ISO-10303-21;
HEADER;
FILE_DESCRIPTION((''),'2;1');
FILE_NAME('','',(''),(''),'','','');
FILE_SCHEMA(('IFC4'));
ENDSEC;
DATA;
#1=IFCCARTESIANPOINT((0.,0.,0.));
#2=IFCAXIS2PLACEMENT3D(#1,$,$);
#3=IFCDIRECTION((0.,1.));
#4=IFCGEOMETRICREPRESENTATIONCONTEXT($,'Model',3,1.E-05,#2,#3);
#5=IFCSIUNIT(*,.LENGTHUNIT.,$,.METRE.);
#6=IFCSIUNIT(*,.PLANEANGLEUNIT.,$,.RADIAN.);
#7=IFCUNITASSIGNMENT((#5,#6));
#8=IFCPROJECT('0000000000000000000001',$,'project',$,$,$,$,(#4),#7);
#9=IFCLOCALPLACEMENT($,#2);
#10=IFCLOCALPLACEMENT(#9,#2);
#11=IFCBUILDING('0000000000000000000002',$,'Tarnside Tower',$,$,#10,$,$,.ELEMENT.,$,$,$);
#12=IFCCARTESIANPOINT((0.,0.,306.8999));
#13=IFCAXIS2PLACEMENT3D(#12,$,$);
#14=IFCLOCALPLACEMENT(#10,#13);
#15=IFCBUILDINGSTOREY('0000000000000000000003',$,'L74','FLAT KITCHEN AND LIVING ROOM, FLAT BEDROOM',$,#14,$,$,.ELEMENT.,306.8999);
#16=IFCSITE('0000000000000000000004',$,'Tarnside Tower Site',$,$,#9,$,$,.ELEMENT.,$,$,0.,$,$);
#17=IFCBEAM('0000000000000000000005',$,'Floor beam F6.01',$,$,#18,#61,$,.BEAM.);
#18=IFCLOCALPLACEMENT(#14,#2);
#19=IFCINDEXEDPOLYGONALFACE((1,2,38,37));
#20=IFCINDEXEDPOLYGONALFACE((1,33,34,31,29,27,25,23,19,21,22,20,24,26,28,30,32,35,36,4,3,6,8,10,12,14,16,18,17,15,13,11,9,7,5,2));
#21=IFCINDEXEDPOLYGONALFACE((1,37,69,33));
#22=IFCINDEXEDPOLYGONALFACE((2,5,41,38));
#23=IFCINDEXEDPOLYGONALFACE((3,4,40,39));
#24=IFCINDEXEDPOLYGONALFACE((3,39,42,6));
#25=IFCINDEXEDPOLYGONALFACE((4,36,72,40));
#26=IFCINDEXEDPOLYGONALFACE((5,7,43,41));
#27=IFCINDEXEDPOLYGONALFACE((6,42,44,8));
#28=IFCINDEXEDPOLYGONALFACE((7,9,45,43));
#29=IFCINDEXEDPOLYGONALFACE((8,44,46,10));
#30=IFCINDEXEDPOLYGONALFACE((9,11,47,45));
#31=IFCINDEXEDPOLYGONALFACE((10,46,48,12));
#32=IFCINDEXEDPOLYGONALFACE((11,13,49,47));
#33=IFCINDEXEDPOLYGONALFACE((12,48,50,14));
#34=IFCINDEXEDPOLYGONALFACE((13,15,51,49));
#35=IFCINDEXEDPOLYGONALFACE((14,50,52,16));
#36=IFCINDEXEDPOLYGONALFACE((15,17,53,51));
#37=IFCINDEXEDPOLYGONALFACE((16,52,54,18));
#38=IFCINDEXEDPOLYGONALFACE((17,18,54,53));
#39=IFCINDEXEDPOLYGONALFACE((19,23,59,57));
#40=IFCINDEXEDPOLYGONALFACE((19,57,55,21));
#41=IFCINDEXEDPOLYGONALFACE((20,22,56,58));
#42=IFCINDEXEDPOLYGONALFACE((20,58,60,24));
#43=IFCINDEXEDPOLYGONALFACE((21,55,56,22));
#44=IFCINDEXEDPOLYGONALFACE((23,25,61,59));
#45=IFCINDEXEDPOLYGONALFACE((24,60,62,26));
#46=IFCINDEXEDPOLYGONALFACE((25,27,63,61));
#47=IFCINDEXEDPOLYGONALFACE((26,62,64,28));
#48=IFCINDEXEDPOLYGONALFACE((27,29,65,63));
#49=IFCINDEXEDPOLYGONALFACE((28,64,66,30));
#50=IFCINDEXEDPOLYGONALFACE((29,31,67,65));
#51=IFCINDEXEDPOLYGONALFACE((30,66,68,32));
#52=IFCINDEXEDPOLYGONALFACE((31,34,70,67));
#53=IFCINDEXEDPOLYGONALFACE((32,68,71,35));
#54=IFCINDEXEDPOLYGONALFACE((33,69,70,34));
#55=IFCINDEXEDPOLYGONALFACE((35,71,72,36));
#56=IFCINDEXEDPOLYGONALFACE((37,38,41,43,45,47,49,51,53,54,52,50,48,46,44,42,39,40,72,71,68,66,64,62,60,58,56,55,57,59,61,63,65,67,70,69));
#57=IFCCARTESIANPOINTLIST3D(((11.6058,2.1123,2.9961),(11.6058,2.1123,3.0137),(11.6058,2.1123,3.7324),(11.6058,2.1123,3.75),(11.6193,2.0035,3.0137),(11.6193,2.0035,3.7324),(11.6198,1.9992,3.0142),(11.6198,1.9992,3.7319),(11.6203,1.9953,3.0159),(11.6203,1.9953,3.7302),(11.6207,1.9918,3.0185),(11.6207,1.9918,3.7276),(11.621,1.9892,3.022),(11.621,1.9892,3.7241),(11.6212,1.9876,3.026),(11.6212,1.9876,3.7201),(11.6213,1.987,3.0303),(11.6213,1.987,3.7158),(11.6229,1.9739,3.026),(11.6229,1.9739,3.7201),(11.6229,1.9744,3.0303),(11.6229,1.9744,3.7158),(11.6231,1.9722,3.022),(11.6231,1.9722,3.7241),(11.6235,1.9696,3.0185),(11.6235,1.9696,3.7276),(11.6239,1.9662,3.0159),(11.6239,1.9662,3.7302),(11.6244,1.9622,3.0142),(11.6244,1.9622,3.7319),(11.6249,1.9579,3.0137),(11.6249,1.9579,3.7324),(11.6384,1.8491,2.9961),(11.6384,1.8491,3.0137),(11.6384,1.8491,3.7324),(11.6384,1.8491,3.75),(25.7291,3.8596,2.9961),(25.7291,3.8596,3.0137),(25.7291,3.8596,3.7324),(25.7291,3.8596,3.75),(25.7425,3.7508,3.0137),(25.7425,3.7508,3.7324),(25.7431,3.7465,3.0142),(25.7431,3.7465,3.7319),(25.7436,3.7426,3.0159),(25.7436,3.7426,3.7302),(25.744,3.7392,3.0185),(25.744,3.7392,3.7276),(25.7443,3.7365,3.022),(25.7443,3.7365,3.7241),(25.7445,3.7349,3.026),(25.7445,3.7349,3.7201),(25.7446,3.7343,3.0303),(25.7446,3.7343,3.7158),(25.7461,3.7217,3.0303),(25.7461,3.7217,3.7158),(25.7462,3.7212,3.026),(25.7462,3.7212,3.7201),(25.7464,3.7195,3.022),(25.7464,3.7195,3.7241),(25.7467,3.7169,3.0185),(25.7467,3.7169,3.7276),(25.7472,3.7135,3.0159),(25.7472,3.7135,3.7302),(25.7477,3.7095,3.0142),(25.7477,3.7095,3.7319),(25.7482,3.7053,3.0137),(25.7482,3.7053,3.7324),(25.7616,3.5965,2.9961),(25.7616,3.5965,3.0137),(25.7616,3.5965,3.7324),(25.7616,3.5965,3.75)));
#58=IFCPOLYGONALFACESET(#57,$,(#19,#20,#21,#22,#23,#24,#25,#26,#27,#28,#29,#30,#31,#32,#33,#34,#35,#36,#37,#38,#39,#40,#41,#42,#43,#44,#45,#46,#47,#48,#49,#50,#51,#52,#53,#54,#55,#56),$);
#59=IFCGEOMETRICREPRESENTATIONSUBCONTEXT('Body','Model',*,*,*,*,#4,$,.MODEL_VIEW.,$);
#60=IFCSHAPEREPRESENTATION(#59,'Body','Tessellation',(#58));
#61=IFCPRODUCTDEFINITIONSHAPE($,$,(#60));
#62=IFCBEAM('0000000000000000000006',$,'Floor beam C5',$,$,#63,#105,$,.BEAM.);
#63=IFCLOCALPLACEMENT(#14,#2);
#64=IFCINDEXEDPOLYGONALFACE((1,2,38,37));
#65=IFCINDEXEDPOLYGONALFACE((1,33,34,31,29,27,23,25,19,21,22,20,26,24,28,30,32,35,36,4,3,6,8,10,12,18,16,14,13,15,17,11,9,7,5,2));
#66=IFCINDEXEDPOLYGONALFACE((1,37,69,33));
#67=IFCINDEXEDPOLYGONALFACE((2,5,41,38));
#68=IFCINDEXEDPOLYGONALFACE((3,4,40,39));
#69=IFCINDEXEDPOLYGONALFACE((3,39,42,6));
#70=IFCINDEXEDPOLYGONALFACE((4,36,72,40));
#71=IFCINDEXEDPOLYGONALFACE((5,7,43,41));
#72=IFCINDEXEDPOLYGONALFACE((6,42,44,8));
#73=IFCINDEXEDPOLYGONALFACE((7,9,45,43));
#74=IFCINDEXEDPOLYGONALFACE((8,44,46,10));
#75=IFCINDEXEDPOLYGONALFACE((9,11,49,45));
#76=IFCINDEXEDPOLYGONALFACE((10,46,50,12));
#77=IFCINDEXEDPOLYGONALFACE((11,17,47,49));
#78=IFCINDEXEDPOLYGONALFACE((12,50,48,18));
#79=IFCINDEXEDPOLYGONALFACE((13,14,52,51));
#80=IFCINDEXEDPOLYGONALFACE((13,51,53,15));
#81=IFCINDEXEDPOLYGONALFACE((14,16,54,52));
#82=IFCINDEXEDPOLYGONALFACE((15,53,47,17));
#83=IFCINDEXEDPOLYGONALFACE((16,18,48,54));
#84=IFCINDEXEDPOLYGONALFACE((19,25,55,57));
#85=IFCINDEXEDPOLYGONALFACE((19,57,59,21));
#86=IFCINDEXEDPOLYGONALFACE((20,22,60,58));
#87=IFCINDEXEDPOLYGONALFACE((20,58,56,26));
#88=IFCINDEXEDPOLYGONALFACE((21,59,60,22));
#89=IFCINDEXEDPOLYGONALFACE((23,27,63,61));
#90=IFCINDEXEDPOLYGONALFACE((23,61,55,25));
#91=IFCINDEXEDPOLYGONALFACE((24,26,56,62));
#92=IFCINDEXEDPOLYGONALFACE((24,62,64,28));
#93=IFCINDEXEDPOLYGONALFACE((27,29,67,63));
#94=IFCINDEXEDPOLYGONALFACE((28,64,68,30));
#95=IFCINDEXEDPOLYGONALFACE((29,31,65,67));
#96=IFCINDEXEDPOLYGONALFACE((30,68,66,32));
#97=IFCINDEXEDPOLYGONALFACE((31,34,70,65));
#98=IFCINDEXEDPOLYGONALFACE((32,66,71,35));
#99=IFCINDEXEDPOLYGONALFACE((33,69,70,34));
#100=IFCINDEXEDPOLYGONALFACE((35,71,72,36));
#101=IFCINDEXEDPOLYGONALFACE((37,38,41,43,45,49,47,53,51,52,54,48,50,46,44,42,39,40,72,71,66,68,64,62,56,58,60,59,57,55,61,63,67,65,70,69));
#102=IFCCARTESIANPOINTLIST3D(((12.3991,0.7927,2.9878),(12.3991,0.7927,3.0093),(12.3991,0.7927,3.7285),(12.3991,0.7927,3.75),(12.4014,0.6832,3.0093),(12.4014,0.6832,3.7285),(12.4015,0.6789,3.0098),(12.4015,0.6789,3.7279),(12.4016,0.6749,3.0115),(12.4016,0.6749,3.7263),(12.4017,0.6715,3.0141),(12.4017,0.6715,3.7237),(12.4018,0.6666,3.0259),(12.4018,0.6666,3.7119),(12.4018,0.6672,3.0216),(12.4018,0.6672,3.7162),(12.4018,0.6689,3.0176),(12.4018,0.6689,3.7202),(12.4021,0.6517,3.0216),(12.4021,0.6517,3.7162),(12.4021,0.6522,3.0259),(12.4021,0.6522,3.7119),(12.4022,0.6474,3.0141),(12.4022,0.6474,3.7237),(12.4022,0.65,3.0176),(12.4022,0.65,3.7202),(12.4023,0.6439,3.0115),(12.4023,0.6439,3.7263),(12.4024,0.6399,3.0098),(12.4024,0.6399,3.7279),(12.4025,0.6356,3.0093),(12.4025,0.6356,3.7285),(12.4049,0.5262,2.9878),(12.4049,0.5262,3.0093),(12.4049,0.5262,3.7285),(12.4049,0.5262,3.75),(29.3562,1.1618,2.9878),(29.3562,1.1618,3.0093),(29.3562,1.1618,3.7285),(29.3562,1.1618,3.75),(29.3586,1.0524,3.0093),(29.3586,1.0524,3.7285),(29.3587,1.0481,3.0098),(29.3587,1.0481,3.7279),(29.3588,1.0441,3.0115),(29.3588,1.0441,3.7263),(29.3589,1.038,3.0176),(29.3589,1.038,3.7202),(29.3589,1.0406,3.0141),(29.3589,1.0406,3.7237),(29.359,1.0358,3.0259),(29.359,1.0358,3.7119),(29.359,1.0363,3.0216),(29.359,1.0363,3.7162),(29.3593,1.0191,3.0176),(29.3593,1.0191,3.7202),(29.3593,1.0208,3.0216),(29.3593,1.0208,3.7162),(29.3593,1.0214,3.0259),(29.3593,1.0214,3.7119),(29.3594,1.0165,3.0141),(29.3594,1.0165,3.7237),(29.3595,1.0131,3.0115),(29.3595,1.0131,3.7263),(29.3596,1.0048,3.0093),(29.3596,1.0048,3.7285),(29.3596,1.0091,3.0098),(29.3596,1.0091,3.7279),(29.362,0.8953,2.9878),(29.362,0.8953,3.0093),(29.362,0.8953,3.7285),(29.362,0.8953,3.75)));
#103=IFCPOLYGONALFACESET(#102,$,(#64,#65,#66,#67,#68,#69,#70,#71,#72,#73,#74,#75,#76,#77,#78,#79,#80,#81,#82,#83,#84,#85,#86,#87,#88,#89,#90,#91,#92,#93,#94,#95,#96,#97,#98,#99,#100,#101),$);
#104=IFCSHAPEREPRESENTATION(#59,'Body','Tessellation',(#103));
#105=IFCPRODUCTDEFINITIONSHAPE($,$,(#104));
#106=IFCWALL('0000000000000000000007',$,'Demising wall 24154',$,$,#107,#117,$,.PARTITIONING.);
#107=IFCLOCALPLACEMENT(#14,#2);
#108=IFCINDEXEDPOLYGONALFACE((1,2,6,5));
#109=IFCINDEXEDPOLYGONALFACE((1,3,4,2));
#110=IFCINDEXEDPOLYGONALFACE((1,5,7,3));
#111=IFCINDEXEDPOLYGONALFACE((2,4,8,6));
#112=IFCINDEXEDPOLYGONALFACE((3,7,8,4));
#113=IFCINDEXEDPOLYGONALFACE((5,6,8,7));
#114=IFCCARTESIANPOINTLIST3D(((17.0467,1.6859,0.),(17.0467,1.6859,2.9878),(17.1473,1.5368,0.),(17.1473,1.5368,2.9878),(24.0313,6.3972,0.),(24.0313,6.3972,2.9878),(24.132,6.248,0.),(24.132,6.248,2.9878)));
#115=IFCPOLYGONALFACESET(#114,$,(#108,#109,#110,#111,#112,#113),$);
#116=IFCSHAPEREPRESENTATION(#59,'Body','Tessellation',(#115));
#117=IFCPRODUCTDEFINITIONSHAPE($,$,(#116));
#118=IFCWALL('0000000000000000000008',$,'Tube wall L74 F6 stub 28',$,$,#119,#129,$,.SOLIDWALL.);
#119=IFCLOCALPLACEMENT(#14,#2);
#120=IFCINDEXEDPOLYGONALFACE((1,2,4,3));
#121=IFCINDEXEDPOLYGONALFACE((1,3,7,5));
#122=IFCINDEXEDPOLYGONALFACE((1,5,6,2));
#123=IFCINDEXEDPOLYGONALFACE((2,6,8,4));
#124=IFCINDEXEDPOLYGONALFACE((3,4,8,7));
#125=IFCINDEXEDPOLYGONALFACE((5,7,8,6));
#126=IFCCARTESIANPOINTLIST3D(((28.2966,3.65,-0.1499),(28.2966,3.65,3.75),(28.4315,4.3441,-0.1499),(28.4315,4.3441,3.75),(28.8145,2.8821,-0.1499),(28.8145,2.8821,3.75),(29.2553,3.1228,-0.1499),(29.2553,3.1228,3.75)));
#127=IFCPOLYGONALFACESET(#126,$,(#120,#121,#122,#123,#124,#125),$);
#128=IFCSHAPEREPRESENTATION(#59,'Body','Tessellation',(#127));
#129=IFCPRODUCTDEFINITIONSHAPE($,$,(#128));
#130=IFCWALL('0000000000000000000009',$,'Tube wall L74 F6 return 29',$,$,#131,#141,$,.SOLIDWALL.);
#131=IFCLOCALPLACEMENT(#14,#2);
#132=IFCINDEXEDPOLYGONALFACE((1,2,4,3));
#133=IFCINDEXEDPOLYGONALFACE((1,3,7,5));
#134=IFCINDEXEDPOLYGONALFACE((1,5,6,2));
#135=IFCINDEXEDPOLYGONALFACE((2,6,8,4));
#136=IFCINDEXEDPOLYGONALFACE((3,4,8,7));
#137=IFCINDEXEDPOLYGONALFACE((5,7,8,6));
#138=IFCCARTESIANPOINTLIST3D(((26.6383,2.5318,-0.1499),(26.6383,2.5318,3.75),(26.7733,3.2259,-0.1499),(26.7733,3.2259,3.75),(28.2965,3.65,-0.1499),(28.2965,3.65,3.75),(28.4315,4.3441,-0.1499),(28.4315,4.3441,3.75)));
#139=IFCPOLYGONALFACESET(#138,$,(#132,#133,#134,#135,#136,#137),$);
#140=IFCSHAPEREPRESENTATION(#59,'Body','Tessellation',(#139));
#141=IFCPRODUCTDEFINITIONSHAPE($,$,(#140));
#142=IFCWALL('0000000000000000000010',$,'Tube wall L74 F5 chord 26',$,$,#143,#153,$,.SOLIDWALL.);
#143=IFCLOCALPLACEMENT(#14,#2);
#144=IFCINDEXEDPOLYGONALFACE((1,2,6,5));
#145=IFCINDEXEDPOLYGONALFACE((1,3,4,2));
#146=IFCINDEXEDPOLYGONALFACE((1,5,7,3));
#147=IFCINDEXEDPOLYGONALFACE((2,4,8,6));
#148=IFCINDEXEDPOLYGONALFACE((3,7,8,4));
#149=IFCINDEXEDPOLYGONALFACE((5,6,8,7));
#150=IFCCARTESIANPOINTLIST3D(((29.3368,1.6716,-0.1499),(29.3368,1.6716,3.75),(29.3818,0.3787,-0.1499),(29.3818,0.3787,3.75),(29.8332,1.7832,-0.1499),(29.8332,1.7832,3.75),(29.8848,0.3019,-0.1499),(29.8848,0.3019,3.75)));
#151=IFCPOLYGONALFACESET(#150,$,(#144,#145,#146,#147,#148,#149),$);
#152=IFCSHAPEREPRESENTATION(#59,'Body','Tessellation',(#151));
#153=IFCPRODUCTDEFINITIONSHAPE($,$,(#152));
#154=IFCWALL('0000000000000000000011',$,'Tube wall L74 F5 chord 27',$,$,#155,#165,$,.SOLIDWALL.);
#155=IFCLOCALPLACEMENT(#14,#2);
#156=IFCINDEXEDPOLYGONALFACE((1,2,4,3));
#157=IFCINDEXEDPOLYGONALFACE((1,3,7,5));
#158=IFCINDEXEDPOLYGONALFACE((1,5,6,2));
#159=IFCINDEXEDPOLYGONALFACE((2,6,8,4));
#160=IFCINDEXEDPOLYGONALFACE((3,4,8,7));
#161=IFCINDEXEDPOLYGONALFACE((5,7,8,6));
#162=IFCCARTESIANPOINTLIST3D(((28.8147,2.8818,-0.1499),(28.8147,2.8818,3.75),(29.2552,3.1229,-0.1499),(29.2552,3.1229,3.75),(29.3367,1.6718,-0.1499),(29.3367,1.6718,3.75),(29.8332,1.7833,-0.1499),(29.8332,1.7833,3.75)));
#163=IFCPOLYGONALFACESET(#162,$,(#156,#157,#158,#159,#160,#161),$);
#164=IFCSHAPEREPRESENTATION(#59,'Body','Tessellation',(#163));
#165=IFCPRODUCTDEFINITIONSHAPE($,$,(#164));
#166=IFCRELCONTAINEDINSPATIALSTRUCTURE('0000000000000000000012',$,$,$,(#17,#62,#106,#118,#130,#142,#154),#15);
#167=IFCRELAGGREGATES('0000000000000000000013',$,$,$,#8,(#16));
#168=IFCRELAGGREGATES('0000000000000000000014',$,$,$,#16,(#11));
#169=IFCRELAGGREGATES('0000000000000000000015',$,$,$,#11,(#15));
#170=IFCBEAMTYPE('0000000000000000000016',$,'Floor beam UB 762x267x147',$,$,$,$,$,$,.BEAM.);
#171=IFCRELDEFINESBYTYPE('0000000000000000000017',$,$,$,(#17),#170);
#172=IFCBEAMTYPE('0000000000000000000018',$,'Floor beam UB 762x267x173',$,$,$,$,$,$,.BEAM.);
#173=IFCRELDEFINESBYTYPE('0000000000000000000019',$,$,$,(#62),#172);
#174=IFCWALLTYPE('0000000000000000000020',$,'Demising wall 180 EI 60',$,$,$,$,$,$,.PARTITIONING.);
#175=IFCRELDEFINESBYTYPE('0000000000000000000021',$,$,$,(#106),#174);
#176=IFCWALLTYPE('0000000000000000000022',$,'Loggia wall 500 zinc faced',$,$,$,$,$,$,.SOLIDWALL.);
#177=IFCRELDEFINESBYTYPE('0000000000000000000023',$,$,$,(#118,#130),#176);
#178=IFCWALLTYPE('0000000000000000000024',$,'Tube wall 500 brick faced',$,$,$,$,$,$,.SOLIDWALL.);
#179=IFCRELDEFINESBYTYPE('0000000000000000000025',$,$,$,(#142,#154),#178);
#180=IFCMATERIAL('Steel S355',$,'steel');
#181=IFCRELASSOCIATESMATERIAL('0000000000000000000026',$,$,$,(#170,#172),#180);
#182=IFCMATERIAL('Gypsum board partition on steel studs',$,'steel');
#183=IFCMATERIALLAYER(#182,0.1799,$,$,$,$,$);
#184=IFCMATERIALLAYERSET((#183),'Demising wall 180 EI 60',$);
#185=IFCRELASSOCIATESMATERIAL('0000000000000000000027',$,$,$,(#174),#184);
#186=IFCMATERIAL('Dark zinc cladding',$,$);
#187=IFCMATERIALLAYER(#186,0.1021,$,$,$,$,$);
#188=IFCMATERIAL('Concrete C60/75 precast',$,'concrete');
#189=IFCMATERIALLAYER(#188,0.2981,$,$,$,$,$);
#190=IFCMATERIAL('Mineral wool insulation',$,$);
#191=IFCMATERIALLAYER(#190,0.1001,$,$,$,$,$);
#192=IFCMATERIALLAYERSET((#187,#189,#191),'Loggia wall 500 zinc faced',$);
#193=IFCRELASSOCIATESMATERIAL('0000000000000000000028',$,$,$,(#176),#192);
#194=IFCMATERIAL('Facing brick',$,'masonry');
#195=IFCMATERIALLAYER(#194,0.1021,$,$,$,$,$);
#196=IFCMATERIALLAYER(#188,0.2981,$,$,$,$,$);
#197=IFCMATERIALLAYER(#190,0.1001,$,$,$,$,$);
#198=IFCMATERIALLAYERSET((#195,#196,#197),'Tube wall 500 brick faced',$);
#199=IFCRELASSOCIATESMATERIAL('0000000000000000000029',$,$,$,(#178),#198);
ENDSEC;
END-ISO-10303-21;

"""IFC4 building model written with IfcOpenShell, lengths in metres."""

from ifc_helpers import new_model, si_unit, direction, frame, frame_2d, origin, origin_2d, place, context, subcontext, project, spatial, polyline, rectangle, i_section, outline, extrude, material, layer, layer_set, material_profile, profile_set, type_object, element, save


model = new_model("IFC4")

# Units and contexts
model_context = context("Model", 3, precision=1e-05, world=origin(), true_north=direction((0.0, 1.0)))
body_context = subcontext(model_context, "Body", "Model", "MODEL_VIEW")
ifc_project = project(units=[si_unit("LENGTHUNIT", "METRE"), si_unit("PLANEANGLEUNIT", "RADIAN")], contexts=[model_context])

# Site, building, storey
site_placement = place(None, origin())
site = spatial("IfcSite", under=ifc_project, at=site_placement, Name="Tarnside Tower Site", CompositionType="ELEMENT", RefElevation=0.0)
building_placement = place(site_placement, origin())
building = spatial("IfcBuilding", under=site, at=building_placement, Name="Tarnside Tower", CompositionType="ELEMENT")
storey_placement = place(building_placement, frame((0.0, 0.0, 306.8999)))
storey = spatial("IfcBuildingStorey", under=building, at=storey_placement, Name="L74", Description="FLAT KITCHEN AND LIVING ROOM, FLAT BEDROOM", CompositionType="ELEMENT", Elevation=306.8999)

# Beams
ifc_material_1 = material(Name="Steel S355", Category="steel")
ifc_material_profile_1 = material_profile(ifc_material_1, i_section(OverallWidth=0.2651, OverallDepth=0.7539, WebThickness=0.0127, FlangeThickness=0.0176, FilletRadius=0.0166, at=origin_2d()), Name="UB 762x267x147")
ifc_profile_set_1 = profile_set([ifc_material_profile_1], Name="Steel S355")
beam_type_1 = type_object("IfcBeamType", Name="Floor beam UB 762x267x147", PredefinedType="BEAM", material=ifc_profile_set_1)
beam_1_placement = place(storey_placement, frame((25.7454, 3.728, 3.373), z_axis=(-0.992434, -0.122783, 0.0), x_axis=(0.122783, -0.992434, 0.0)))
element("IfcBeam", 1, at=beam_1_placement, inside=storey, type_object=beam_type_1, Name="Floor beam F6.01", PredefinedType="BEAM", context=body_context, shape_type="SweptSolid", body=[
    extrude(i_section(OverallWidth=0.2651, OverallDepth=0.7539, WebThickness=0.0127, FlangeThickness=0.0176, FilletRadius=0.0166, at=origin_2d()), origin(), (0.0, 0.0, 1.0), 14.231),
])
ifc_material_profile_2 = material_profile(ifc_material_1, i_section(OverallWidth=0.2666, OverallDepth=0.7622, WebThickness=0.0144, FlangeThickness=0.0215, FilletRadius=0.0166, at=origin_2d()), Name="UB 762x267x173")
ifc_profile_set_2 = profile_set([ifc_material_profile_2], Name="Steel S355")
beam_type_2 = type_object("IfcBeamType", Name="Floor beam UB 762x267x173", PredefinedType="BEAM", material=ifc_profile_set_2)
beam_2_placement = place(storey_placement, frame((29.3591, 1.0286, 3.3689), z_axis=(-0.999763, -0.021764, 0.0), x_axis=(0.021764, -0.999763, 0.0)))
element("IfcBeam", 2, at=beam_2_placement, inside=storey, type_object=beam_type_2, Name="Floor beam C5", PredefinedType="BEAM", context=body_context, shape_type="SweptSolid", body=[
    extrude(i_section(OverallWidth=0.2666, OverallDepth=0.7622, WebThickness=0.0144, FlangeThickness=0.0215, FilletRadius=0.0166, at=origin_2d()), origin(), (0.0, 0.0, 1.0), 16.9612),
])

# Walls
ifc_material_2 = material(Name="Gypsum board partition on steel studs", Category="steel")
ifc_layer_1 = layer(ifc_material_2, 0.1799)
ifc_layer_set_1 = layer_set([ifc_layer_1], Name="Demising wall 180 EI 60")
wall_type_1 = type_object("IfcWallType", Name="Demising wall 180 EI 60", PredefinedType="PARTITIONING", material=ifc_layer_set_1)
wall_1_placement = place(storey_placement, frame((24.0815, 6.3225, 0.0), z_axis=(0.0, 0.0, 1.0), x_axis=(-0.829038, -0.559193, 0.0)))
element("IfcWall", 3, at=wall_1_placement, inside=storey, type_object=wall_type_1, Name="Demising wall 24154", PredefinedType="PARTITIONING", context=body_context, shape_type="SweptSolid", body=[
    extrude(rectangle(XDim=8.425, YDim=0.1799, at=frame_2d((4.2124, 0.0))), origin(), (0.0, 0.0, 1.0), 2.9878),
])
ifc_material_3 = material(Name="Dark zinc cladding")
ifc_layer_2 = layer(ifc_material_3, 0.1021)
ifc_material_4 = material(Name="Concrete C60/75 precast", Category="concrete")
ifc_layer_3 = layer(ifc_material_4, 0.2981)
ifc_material_5 = material(Name="Mineral wool insulation")
ifc_layer_4 = layer(ifc_material_5, 0.1001)
ifc_layer_set_2 = layer_set([ifc_layer_2, ifc_layer_3, ifc_layer_4], Name="Loggia wall 500 zinc faced")
wall_type_2 = type_object("IfcWallType", Name="Loggia wall 500 zinc faced", PredefinedType="SOLIDWALL", material=ifc_layer_set_2)
wall_2_placement = place(storey_placement, frame((29.0349, 3.0024, -0.1499), z_axis=(0.0, 0.0, 1.0), x_axis=(-0.5592, 0.829033, 0.0)))
element("IfcWall", 4, at=wall_2_placement, inside=storey, type_object=wall_type_2, Name="Tube wall L74 F6 stub 28", PredefinedType="SOLIDWALL", context=body_context, shape_type="SweptSolid", body=[
    extrude(outline(polyline([(-0.0234, -0.25), (1.4497, -0.25), (0.9497, 0.25), (0.0234, 0.25), (-0.0234, -0.25)])), origin(), (0.0, 0.0, 1.0), 3.8999),
])
wall_3_placement = place(storey_placement, frame((28.364, 3.9971, -0.1499), z_axis=(0.0, 0.0, 1.0), x_axis=(-0.829109, -0.559087, 0.0)))
element("IfcWall", 5, at=wall_3_placement, inside=storey, type_object=wall_type_2, Name="Tube wall L74 F6 return 29", PredefinedType="SOLIDWALL", context=body_context, shape_type="SweptSolid", body=[
    extrude(outline(polyline([(-0.25, -0.25), (1.75, -0.25), (2.25, 0.25), (0.25, 0.25), (-0.25, -0.25)])), origin(), (0.0, 0.0, 1.0), 3.8999),
])

# Walls
ifc_material_6 = material(Name="Facing brick", Category="masonry")
ifc_layer_5 = layer(ifc_material_6, 0.1021)
ifc_layer_6 = layer(ifc_material_4, 0.2981)
ifc_layer_7 = layer(ifc_material_5, 0.1001)
ifc_layer_set_3 = layer_set([ifc_layer_5, ifc_layer_6, ifc_layer_7], Name="Tube wall 500 brick faced")
wall_type_3 = type_object("IfcWallType", Name="Tube wall 500 brick faced", PredefinedType="SOLIDWALL", material=ifc_layer_set_3)
wall_4_placement = place(storey_placement, frame((29.6333, 0.3403, -0.1499), z_axis=(0.0, 0.0, 1.0), x_axis=(-0.034826, 0.999393, 0.0)))
element("IfcWall", 6, at=wall_4_placement, inside=storey, type_object=wall_type_3, Name="Tube wall L74 F5 chord 26", PredefinedType="SOLIDWALL", context=body_context, shape_type="SweptSolid", body=[
    extrude(outline(polyline([(-0.0471, -0.25), (1.4351, -0.25), (1.3408, 0.25), (0.0471, 0.25), (-0.0471, -0.25)])), origin(), (0.0, 0.0, 1.0), 3.8999),
])
wall_5_placement = place(storey_placement, frame((29.585, 1.7275, -0.1499), z_axis=(0.0, 0.0, 1.0), x_axis=(-0.396146, 0.918187, 0.0)))
element("IfcWall", 7, at=wall_5_placement, inside=storey, type_object=wall_type_3, Name="Tube wall L74 F5 chord 27", PredefinedType="SOLIDWALL", context=body_context, shape_type="SweptSolid", body=[
    extrude(outline(polyline([(-0.0471, -0.25), (1.4119, -0.25), (1.365, 0.25), (0.0471, 0.25), (-0.0471, -0.25)])), origin(), (0.0, 0.0, 1.0), 3.8999),
])

save(model, "model.ifc")
